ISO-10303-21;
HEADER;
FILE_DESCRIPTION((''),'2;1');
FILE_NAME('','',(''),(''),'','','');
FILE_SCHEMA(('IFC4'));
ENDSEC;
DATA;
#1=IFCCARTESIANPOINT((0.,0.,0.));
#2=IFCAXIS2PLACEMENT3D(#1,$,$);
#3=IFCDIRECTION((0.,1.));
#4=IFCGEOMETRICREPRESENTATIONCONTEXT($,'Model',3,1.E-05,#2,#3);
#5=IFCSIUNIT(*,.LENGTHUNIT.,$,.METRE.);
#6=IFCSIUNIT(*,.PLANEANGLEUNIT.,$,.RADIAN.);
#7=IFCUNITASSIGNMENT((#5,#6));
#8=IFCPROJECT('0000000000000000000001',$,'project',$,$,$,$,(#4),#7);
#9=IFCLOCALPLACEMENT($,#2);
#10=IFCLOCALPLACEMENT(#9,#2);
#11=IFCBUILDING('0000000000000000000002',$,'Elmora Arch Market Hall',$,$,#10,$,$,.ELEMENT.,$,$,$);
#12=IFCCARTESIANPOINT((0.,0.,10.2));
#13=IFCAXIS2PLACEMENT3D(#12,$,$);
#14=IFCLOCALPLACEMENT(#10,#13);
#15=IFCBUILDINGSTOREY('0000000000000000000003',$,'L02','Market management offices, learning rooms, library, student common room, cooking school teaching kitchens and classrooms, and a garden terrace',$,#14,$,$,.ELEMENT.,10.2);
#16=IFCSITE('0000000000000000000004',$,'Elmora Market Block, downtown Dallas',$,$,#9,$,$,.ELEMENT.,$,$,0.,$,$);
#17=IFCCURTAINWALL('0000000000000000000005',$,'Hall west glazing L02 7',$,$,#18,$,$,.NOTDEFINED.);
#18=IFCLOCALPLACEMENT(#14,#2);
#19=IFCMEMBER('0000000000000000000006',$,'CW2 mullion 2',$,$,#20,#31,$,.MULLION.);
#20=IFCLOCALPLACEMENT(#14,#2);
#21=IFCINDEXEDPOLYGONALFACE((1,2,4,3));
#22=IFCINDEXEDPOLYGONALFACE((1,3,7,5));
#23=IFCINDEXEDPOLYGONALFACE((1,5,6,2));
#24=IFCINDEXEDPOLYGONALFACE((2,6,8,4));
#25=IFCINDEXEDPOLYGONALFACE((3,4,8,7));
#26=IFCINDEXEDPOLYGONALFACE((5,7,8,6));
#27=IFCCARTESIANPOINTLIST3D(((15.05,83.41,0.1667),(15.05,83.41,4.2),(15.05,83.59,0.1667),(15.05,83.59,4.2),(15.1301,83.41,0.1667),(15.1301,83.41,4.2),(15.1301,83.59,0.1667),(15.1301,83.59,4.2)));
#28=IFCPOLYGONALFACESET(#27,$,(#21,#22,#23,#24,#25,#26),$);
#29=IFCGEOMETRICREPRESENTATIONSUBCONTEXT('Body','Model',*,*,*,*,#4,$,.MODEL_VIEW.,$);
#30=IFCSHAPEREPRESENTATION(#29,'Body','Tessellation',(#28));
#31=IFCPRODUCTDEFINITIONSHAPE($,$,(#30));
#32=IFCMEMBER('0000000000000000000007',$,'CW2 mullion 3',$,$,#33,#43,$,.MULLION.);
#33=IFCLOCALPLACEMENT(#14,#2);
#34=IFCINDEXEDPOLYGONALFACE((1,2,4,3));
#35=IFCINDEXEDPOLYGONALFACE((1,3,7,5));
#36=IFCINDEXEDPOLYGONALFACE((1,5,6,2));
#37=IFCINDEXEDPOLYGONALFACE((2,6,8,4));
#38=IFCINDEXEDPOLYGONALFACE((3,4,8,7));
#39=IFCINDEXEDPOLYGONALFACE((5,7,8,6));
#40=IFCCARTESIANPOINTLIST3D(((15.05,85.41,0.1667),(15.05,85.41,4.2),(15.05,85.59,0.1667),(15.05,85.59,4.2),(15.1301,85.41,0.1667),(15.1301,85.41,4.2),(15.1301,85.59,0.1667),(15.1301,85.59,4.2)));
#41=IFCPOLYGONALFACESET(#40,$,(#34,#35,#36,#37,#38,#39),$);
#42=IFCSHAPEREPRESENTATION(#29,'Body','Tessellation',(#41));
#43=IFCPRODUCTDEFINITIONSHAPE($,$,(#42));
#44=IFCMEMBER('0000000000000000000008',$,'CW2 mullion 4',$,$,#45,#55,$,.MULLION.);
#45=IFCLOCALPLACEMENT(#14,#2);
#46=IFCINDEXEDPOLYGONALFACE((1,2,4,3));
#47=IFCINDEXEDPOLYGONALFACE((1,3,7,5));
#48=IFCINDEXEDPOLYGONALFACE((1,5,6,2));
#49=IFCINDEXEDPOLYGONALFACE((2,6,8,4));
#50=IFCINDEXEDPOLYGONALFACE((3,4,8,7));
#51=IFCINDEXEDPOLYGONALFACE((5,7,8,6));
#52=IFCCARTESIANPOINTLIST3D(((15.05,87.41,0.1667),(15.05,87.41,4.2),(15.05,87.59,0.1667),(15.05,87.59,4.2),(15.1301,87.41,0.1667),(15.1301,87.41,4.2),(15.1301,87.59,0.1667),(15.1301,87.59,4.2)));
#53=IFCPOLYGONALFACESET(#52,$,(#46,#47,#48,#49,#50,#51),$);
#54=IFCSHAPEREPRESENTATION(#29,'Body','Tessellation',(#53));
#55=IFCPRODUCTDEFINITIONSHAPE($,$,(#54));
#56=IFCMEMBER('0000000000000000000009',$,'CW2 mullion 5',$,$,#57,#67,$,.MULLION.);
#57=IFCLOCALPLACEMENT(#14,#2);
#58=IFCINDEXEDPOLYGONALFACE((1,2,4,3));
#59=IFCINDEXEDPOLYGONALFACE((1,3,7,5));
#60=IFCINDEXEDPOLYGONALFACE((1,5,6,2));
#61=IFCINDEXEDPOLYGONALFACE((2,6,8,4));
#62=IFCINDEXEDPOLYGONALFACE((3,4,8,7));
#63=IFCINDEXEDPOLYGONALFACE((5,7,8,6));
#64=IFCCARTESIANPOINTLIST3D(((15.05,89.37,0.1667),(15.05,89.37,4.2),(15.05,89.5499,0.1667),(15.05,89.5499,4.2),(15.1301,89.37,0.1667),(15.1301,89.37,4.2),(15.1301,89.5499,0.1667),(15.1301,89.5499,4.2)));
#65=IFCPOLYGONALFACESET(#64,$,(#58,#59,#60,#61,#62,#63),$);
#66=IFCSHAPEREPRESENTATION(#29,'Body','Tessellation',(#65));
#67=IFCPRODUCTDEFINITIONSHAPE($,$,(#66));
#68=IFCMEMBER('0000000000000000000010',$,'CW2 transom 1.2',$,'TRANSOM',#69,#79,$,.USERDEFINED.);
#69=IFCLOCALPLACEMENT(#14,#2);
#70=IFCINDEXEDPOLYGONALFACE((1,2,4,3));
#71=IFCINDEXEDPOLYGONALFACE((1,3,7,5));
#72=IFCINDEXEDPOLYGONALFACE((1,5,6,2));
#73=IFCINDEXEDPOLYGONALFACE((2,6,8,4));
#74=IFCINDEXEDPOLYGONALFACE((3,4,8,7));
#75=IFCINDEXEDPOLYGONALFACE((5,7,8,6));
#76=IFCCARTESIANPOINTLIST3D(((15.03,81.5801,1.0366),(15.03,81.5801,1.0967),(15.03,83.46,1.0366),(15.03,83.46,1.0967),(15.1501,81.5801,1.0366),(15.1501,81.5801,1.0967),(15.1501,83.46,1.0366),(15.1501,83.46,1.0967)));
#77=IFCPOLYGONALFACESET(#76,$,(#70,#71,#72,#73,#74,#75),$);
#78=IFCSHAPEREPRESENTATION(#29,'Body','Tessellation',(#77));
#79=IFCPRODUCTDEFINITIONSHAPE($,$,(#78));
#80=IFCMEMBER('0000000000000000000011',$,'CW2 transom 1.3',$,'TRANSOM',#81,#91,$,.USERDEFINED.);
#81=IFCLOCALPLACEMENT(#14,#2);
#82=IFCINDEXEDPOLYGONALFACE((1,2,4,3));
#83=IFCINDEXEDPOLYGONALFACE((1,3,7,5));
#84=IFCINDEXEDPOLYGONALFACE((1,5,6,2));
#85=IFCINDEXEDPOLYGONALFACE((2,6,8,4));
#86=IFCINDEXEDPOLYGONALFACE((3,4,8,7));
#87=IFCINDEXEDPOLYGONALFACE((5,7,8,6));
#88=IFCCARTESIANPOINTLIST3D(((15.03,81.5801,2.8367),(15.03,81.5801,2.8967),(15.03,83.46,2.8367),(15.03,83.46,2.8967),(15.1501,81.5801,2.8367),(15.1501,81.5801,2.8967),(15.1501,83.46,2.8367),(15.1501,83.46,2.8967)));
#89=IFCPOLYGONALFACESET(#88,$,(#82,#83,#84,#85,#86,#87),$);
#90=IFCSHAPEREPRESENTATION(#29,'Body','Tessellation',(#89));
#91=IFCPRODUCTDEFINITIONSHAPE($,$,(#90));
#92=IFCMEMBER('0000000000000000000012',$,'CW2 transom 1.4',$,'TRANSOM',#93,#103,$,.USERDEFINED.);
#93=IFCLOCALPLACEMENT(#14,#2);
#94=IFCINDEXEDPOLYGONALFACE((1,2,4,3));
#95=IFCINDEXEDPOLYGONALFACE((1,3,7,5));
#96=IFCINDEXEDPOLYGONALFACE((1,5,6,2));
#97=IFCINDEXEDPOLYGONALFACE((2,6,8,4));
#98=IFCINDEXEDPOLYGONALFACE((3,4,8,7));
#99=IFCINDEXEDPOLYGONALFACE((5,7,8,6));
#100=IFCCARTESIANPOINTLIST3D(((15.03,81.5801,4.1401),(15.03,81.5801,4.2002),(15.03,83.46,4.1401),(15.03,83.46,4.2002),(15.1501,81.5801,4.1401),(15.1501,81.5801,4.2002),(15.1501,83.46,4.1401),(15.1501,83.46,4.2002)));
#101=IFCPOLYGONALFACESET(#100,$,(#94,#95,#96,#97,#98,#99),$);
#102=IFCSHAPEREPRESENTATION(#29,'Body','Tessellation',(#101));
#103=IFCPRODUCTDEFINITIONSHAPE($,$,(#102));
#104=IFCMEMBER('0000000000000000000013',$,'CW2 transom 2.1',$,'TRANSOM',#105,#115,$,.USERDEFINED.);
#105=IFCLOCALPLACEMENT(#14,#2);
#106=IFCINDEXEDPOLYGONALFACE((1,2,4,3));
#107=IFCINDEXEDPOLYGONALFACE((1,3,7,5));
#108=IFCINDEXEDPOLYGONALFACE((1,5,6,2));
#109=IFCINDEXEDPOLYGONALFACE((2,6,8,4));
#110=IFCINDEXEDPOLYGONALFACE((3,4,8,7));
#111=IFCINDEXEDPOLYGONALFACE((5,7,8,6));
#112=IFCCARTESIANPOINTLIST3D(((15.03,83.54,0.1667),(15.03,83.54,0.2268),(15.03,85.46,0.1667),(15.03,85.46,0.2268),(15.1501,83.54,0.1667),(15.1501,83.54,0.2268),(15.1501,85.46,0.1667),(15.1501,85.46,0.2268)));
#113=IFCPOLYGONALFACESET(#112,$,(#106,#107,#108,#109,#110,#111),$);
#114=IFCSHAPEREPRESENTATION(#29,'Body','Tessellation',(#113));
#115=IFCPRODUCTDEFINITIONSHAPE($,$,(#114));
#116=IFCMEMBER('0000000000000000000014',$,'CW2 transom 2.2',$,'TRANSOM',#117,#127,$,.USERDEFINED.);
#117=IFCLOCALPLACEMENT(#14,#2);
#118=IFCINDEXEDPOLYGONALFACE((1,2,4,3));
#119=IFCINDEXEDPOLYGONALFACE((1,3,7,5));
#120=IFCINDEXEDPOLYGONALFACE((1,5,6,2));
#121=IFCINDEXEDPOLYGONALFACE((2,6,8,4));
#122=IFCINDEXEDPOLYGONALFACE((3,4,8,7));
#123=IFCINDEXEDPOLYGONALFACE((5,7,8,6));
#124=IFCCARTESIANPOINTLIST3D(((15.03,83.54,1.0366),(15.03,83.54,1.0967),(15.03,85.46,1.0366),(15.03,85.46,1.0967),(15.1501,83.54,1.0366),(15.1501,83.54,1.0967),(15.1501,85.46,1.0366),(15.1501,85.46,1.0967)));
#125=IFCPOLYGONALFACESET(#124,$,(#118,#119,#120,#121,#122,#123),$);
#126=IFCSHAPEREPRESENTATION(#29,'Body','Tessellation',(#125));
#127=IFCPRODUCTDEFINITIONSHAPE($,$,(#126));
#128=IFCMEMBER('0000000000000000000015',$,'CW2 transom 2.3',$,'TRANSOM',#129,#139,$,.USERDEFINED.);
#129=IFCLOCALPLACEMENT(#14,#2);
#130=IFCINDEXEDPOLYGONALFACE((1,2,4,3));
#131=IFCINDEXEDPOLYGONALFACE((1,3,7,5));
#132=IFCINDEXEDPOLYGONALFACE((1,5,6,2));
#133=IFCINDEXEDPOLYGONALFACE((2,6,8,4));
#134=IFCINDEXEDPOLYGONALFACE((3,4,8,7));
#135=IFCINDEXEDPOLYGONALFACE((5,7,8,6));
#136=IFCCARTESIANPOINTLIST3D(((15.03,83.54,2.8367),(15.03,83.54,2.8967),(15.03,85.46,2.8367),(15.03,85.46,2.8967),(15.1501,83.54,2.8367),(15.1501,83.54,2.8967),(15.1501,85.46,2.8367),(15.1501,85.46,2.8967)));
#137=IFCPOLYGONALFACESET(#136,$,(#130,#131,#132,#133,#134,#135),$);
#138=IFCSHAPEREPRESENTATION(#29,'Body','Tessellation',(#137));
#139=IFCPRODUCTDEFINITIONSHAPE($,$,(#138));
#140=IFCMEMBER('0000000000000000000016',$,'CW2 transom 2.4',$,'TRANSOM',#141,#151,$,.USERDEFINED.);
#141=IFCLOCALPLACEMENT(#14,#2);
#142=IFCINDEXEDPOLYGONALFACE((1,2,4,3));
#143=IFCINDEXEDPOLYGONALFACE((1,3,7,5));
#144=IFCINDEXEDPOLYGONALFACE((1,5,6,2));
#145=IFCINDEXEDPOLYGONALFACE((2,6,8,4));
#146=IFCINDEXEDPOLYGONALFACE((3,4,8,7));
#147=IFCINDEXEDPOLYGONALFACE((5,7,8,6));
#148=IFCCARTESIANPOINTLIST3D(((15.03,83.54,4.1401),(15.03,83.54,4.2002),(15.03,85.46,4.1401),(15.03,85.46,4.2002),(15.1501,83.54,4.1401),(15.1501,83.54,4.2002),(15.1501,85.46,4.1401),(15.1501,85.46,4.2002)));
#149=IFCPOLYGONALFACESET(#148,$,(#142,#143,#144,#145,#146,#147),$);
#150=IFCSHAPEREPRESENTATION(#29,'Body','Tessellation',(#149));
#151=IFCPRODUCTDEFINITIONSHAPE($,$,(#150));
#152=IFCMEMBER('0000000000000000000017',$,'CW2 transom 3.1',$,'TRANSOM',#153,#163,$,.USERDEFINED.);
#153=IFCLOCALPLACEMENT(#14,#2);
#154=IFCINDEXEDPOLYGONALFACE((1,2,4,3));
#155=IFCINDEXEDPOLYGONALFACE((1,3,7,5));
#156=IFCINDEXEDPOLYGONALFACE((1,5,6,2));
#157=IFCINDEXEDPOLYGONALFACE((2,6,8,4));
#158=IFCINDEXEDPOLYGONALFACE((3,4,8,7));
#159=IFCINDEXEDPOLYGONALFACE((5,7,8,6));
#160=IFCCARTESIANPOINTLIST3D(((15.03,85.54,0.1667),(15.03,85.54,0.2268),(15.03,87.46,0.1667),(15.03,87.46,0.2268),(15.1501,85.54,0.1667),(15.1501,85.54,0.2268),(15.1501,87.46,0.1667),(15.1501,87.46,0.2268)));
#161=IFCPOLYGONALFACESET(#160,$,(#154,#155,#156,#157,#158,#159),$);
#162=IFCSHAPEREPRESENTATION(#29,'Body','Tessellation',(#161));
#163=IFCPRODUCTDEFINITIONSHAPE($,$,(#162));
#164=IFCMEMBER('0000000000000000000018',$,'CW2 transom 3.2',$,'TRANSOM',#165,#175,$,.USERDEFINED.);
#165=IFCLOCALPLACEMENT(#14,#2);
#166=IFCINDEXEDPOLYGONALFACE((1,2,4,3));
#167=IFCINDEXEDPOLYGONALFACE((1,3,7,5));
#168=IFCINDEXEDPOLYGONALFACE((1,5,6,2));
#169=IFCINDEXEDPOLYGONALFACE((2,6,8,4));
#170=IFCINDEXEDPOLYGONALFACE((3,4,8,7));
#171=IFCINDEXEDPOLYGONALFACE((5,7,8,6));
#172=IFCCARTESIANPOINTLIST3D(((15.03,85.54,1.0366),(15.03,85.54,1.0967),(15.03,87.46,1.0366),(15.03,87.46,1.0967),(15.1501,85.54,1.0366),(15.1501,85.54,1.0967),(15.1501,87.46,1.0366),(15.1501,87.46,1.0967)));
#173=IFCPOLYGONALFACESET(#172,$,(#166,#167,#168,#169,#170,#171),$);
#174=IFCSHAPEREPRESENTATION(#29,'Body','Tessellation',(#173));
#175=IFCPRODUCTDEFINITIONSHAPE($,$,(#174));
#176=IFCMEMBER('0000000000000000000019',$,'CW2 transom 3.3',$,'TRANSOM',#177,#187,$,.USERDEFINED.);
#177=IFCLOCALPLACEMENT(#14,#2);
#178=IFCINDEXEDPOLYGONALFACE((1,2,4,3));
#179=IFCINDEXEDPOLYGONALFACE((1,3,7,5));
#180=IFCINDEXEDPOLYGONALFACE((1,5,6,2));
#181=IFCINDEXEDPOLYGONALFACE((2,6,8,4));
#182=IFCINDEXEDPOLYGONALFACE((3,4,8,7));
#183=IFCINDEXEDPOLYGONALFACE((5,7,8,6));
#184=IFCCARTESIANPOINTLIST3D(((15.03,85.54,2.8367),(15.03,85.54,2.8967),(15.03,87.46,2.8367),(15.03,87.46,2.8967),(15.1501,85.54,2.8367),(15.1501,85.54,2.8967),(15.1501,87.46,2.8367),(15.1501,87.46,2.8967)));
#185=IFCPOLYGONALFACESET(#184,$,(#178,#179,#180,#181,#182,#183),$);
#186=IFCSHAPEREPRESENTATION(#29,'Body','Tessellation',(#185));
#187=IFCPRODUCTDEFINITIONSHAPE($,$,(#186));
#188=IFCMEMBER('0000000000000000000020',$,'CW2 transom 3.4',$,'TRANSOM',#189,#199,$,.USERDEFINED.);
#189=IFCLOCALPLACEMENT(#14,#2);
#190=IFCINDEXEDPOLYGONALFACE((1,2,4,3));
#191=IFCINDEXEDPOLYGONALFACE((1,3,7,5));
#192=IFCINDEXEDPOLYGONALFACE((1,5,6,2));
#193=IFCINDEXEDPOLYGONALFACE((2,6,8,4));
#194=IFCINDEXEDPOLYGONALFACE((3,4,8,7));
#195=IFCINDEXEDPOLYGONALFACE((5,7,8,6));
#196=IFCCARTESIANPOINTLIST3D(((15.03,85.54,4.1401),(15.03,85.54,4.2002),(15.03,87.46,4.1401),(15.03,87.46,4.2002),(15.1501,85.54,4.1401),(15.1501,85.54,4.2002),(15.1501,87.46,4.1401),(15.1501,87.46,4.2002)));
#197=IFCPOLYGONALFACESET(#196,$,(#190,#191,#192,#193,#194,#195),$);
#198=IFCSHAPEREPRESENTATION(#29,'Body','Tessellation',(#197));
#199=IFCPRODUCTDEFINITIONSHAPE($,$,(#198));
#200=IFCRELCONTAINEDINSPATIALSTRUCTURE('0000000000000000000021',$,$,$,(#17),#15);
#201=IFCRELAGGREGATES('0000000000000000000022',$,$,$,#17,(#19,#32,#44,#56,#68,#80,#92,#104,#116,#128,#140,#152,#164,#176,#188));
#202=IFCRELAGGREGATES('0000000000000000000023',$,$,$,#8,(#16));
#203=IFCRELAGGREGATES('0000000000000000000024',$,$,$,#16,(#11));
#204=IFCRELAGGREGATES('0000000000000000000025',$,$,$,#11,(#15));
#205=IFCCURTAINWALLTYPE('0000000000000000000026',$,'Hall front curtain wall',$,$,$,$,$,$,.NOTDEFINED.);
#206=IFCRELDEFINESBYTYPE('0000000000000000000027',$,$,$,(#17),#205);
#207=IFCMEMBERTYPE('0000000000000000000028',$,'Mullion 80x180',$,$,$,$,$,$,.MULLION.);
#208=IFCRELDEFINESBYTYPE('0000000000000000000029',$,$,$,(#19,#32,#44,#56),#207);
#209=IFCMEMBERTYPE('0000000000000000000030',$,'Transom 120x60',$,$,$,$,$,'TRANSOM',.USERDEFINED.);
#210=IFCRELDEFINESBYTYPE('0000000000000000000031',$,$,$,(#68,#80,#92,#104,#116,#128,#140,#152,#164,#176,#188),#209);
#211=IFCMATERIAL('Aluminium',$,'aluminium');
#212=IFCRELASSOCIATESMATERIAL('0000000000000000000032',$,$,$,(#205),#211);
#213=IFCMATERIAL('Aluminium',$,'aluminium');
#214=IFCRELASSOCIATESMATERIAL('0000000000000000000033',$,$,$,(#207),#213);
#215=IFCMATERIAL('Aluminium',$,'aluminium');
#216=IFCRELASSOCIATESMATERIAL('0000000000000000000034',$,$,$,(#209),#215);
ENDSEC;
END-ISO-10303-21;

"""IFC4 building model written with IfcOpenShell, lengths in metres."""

from ifc_helpers import new_model, si_unit, direction, frame, origin, origin_2d, place, context, subcontext, project, spatial, rectangle, extrude, material, material_profile, profile_set, type_object, element, aggregate, save


model = new_model("IFC4")

# Units and contexts
model_context = context("Model", 3, precision=1e-05, world=origin(), true_north=direction((0.0, 1.0)))
body_context = subcontext(model_context, "Body", "Model", "MODEL_VIEW")
ifc_project = project(units=[si_unit("LENGTHUNIT", "METRE"), si_unit("PLANEANGLEUNIT", "RADIAN")], contexts=[model_context])

# Site, building, storey
site_placement = place(None, origin())
site = spatial("IfcSite", under=ifc_project, at=site_placement, Name="Elmora Market Block, downtown Dallas", CompositionType="ELEMENT", RefElevation=0.0)
building_placement = place(site_placement, origin())
building = spatial("IfcBuilding", under=site, at=building_placement, Name="Elmora Arch Market Hall", CompositionType="ELEMENT")
storey_placement = place(building_placement, frame((0.0, 0.0, 10.2)))
storey = spatial("IfcBuildingStorey", under=building, at=storey_placement, Name="L02", Description="Market management offices, learning rooms, library, student common room, cooking school teaching kitchens and classrooms, and a garden terrace", CompositionType="ELEMENT", Elevation=10.2)

# Curtain wall, members
ifc_material_1 = material(Name="Aluminium", Category="aluminium")
curtain_wall_type = type_object("IfcCurtainWallType", Name="Hall front curtain wall", PredefinedType="NOTDEFINED", material=ifc_material_1)
curtain_wall_placement = place(storey_placement, origin())
curtain_wall = element("IfcCurtainWall", 1, at=curtain_wall_placement, inside=storey, type_object=curtain_wall_type, Name="Hall west glazing L02 7", PredefinedType="NOTDEFINED")
ifc_material_2 = material(Name="Aluminium", Category="aluminium")
ifc_material_profile_1 = material_profile(ifc_material_2, rectangle(XDim=0.0801, YDim=0.1799, at=origin_2d()), Name="AL 80x180")
ifc_profile_set_1 = profile_set([ifc_material_profile_1], Name="Aluminium")
member_type_1 = type_object("IfcMemberType", Name="Mullion 80x180", PredefinedType="MULLION", material=ifc_profile_set_1)
member_1_placement = place(storey_placement, frame((15.0901, 83.5, 0.1667), z_axis=(0.0, 0.0, 1.0), x_axis=(-1.0, 0.0, 0.0)))
member_1 = element("IfcMember", 2, at=member_1_placement, type_object=member_type_1, Name="CW2 mullion 2", PredefinedType="MULLION", context=body_context, shape_type="SweptSolid", body=[
    extrude(rectangle(XDim=0.0801, YDim=0.1799, at=origin_2d()), origin(), (0.0, 0.0, 1.0), 4.0332),
])
member_2_placement = place(storey_placement, frame((15.0901, 85.5, 0.1667), z_axis=(0.0, 0.0, 1.0), x_axis=(-1.0, 0.0, 0.0)))
member_2 = element("IfcMember", 3, at=member_2_placement, type_object=member_type_1, Name="CW2 mullion 3", PredefinedType="MULLION", context=body_context, shape_type="SweptSolid", body=[
    extrude(rectangle(XDim=0.0801, YDim=0.1799, at=origin_2d()), origin(), (0.0, 0.0, 1.0), 4.0332),
])
member_3_placement = place(storey_placement, frame((15.0901, 87.5, 0.1667), z_axis=(0.0, 0.0, 1.0), x_axis=(-1.0, 0.0, 0.0)))
member_3 = element("IfcMember", 4, at=member_3_placement, type_object=member_type_1, Name="CW2 mullion 4", PredefinedType="MULLION", context=body_context, shape_type="SweptSolid", body=[
    extrude(rectangle(XDim=0.0801, YDim=0.1799, at=origin_2d()), origin(), (0.0, 0.0, 1.0), 4.0332),
])
member_4_placement = place(storey_placement, frame((15.0901, 89.46, 0.1667), z_axis=(0.0, 0.0, 1.0), x_axis=(-1.0, 0.0, 0.0)))
member_4 = element("IfcMember", 5, at=member_4_placement, type_object=member_type_1, Name="CW2 mullion 5", PredefinedType="MULLION", context=body_context, shape_type="SweptSolid", body=[
    extrude(rectangle(XDim=0.0801, YDim=0.1799, at=origin_2d()), origin(), (0.0, 0.0, 1.0), 4.0332),
])
ifc_material_3 = material(Name="Aluminium", Category="aluminium")
ifc_material_profile_2 = material_profile(ifc_material_3, rectangle(XDim=0.1201, YDim=0.0601, at=origin_2d()), Name="AL 120x60")
ifc_profile_set_2 = profile_set([ifc_material_profile_2], Name="Aluminium")
member_type_2 = type_object("IfcMemberType", Name="Transom 120x60", ElementType="TRANSOM", PredefinedType="USERDEFINED", material=ifc_profile_set_2)
member_5_placement = place(storey_placement, frame((15.0901, 81.5801, 1.0667), z_axis=(0.0, 1.0, 0.0), x_axis=(-1.0, 0.0, 0.0)))
member_5 = element("IfcMember", 6, at=member_5_placement, type_object=member_type_2, Name="CW2 transom 1.2", ObjectType="TRANSOM", PredefinedType="USERDEFINED", context=body_context, shape_type="SweptSolid", body=[
    extrude(rectangle(XDim=0.1201, YDim=0.0601, at=origin_2d()), origin(), (0.0, 0.0, 1.0), 1.8799),
])
member_6_placement = place(storey_placement, frame((15.0901, 81.5801, 2.8667), z_axis=(0.0, 1.0, 0.0), x_axis=(-1.0, 0.0, 0.0)))
member_6 = element("IfcMember", 7, at=member_6_placement, type_object=member_type_2, Name="CW2 transom 1.3", ObjectType="TRANSOM", PredefinedType="USERDEFINED", context=body_context, shape_type="SweptSolid", body=[
    extrude(rectangle(XDim=0.1201, YDim=0.0601, at=origin_2d()), origin(), (0.0, 0.0, 1.0), 1.8799),
])
member_7_placement = place(storey_placement, frame((15.0901, 81.5801, 4.1702), z_axis=(0.0, 1.0, 0.0), x_axis=(-1.0, 0.0, 0.0)))
member_7 = element("IfcMember", 8, at=member_7_placement, type_object=member_type_2, Name="CW2 transom 1.4", ObjectType="TRANSOM", PredefinedType="USERDEFINED", context=body_context, shape_type="SweptSolid", body=[
    extrude(rectangle(XDim=0.1201, YDim=0.0601, at=origin_2d()), origin(), (0.0, 0.0, 1.0), 1.8799),
])
member_8_placement = place(storey_placement, frame((15.0901, 83.54, 0.1968), z_axis=(0.0, 1.0, 0.0), x_axis=(-1.0, 0.0, 0.0)))
member_8 = element("IfcMember", 9, at=member_8_placement, type_object=member_type_2, Name="CW2 transom 2.1", ObjectType="TRANSOM", PredefinedType="USERDEFINED", context=body_context, shape_type="SweptSolid", body=[
    extrude(rectangle(XDim=0.1201, YDim=0.0601, at=origin_2d()), origin(), (0.0, 0.0, 1.0), 1.9199),
])
member_9_placement = place(storey_placement, frame((15.0901, 83.54, 1.0667), z_axis=(0.0, 1.0, 0.0), x_axis=(-1.0, 0.0, 0.0)))
member_9 = element("IfcMember", 10, at=member_9_placement, type_object=member_type_2, Name="CW2 transom 2.2", ObjectType="TRANSOM", PredefinedType="USERDEFINED", context=body_context, shape_type="SweptSolid", body=[
    extrude(rectangle(XDim=0.1201, YDim=0.0601, at=origin_2d()), origin(), (0.0, 0.0, 1.0), 1.9199),
])
member_10_placement = place(storey_placement, frame((15.0901, 83.54, 2.8667), z_axis=(0.0, 1.0, 0.0), x_axis=(-1.0, 0.0, 0.0)))
member_10 = element("IfcMember", 11, at=member_10_placement, type_object=member_type_2, Name="CW2 transom 2.3", ObjectType="TRANSOM", PredefinedType="USERDEFINED", context=body_context, shape_type="SweptSolid", body=[
    extrude(rectangle(XDim=0.1201, YDim=0.0601, at=origin_2d()), origin(), (0.0, 0.0, 1.0), 1.9199),
])
member_11_placement = place(storey_placement, frame((15.0901, 83.54, 4.1702), z_axis=(0.0, 1.0, 0.0), x_axis=(-1.0, 0.0, 0.0)))
member_11 = element("IfcMember", 12, at=member_11_placement, type_object=member_type_2, Name="CW2 transom 2.4", ObjectType="TRANSOM", PredefinedType="USERDEFINED", context=body_context, shape_type="SweptSolid", body=[
    extrude(rectangle(XDim=0.1201, YDim=0.0601, at=origin_2d()), origin(), (0.0, 0.0, 1.0), 1.9199),
])
member_12_placement = place(storey_placement, frame((15.0901, 85.54, 0.1968), z_axis=(0.0, 1.0, 0.0), x_axis=(-1.0, 0.0, 0.0)))
member_12 = element("IfcMember", 13, at=member_12_placement, type_object=member_type_2, Name="CW2 transom 3.1", ObjectType="TRANSOM", PredefinedType="USERDEFINED", context=body_context, shape_type="SweptSolid", body=[
    extrude(rectangle(XDim=0.1201, YDim=0.0601, at=origin_2d()), origin(), (0.0, 0.0, 1.0), 1.9199),
])
member_13_placement = place(storey_placement, frame((15.0901, 85.54, 1.0667), z_axis=(0.0, 1.0, 0.0), x_axis=(-1.0, 0.0, 0.0)))
member_13 = element("IfcMember", 14, at=member_13_placement, type_object=member_type_2, Name="CW2 transom 3.2", ObjectType="TRANSOM", PredefinedType="USERDEFINED", context=body_context, shape_type="SweptSolid", body=[
    extrude(rectangle(XDim=0.1201, YDim=0.0601, at=origin_2d()), origin(), (0.0, 0.0, 1.0), 1.9199),
])
member_14_placement = place(storey_placement, frame((15.0901, 85.54, 2.8667), z_axis=(0.0, 1.0, 0.0), x_axis=(-1.0, 0.0, 0.0)))
member_14 = element("IfcMember", 15, at=member_14_placement, type_object=member_type_2, Name="CW2 transom 3.3", ObjectType="TRANSOM", PredefinedType="USERDEFINED", context=body_context, shape_type="SweptSolid", body=[
    extrude(rectangle(XDim=0.1201, YDim=0.0601, at=origin_2d()), origin(), (0.0, 0.0, 1.0), 1.9199),
])
member_15_placement = place(storey_placement, frame((15.0901, 85.54, 4.1702), z_axis=(0.0, 1.0, 0.0), x_axis=(-1.0, 0.0, 0.0)))
member_15 = element("IfcMember", 16, at=member_15_placement, type_object=member_type_2, Name="CW2 transom 3.4", ObjectType="TRANSOM", PredefinedType="USERDEFINED", context=body_context, shape_type="SweptSolid", body=[
    extrude(rectangle(XDim=0.1201, YDim=0.0601, at=origin_2d()), origin(), (0.0, 0.0, 1.0), 1.9199),
])
aggregate(curtain_wall, [member_1, member_2, member_3, member_4, member_5, member_6, member_7, member_8, member_9, member_10, member_11, member_12, member_13, member_14, member_15])

save(model, "model.ifc")
